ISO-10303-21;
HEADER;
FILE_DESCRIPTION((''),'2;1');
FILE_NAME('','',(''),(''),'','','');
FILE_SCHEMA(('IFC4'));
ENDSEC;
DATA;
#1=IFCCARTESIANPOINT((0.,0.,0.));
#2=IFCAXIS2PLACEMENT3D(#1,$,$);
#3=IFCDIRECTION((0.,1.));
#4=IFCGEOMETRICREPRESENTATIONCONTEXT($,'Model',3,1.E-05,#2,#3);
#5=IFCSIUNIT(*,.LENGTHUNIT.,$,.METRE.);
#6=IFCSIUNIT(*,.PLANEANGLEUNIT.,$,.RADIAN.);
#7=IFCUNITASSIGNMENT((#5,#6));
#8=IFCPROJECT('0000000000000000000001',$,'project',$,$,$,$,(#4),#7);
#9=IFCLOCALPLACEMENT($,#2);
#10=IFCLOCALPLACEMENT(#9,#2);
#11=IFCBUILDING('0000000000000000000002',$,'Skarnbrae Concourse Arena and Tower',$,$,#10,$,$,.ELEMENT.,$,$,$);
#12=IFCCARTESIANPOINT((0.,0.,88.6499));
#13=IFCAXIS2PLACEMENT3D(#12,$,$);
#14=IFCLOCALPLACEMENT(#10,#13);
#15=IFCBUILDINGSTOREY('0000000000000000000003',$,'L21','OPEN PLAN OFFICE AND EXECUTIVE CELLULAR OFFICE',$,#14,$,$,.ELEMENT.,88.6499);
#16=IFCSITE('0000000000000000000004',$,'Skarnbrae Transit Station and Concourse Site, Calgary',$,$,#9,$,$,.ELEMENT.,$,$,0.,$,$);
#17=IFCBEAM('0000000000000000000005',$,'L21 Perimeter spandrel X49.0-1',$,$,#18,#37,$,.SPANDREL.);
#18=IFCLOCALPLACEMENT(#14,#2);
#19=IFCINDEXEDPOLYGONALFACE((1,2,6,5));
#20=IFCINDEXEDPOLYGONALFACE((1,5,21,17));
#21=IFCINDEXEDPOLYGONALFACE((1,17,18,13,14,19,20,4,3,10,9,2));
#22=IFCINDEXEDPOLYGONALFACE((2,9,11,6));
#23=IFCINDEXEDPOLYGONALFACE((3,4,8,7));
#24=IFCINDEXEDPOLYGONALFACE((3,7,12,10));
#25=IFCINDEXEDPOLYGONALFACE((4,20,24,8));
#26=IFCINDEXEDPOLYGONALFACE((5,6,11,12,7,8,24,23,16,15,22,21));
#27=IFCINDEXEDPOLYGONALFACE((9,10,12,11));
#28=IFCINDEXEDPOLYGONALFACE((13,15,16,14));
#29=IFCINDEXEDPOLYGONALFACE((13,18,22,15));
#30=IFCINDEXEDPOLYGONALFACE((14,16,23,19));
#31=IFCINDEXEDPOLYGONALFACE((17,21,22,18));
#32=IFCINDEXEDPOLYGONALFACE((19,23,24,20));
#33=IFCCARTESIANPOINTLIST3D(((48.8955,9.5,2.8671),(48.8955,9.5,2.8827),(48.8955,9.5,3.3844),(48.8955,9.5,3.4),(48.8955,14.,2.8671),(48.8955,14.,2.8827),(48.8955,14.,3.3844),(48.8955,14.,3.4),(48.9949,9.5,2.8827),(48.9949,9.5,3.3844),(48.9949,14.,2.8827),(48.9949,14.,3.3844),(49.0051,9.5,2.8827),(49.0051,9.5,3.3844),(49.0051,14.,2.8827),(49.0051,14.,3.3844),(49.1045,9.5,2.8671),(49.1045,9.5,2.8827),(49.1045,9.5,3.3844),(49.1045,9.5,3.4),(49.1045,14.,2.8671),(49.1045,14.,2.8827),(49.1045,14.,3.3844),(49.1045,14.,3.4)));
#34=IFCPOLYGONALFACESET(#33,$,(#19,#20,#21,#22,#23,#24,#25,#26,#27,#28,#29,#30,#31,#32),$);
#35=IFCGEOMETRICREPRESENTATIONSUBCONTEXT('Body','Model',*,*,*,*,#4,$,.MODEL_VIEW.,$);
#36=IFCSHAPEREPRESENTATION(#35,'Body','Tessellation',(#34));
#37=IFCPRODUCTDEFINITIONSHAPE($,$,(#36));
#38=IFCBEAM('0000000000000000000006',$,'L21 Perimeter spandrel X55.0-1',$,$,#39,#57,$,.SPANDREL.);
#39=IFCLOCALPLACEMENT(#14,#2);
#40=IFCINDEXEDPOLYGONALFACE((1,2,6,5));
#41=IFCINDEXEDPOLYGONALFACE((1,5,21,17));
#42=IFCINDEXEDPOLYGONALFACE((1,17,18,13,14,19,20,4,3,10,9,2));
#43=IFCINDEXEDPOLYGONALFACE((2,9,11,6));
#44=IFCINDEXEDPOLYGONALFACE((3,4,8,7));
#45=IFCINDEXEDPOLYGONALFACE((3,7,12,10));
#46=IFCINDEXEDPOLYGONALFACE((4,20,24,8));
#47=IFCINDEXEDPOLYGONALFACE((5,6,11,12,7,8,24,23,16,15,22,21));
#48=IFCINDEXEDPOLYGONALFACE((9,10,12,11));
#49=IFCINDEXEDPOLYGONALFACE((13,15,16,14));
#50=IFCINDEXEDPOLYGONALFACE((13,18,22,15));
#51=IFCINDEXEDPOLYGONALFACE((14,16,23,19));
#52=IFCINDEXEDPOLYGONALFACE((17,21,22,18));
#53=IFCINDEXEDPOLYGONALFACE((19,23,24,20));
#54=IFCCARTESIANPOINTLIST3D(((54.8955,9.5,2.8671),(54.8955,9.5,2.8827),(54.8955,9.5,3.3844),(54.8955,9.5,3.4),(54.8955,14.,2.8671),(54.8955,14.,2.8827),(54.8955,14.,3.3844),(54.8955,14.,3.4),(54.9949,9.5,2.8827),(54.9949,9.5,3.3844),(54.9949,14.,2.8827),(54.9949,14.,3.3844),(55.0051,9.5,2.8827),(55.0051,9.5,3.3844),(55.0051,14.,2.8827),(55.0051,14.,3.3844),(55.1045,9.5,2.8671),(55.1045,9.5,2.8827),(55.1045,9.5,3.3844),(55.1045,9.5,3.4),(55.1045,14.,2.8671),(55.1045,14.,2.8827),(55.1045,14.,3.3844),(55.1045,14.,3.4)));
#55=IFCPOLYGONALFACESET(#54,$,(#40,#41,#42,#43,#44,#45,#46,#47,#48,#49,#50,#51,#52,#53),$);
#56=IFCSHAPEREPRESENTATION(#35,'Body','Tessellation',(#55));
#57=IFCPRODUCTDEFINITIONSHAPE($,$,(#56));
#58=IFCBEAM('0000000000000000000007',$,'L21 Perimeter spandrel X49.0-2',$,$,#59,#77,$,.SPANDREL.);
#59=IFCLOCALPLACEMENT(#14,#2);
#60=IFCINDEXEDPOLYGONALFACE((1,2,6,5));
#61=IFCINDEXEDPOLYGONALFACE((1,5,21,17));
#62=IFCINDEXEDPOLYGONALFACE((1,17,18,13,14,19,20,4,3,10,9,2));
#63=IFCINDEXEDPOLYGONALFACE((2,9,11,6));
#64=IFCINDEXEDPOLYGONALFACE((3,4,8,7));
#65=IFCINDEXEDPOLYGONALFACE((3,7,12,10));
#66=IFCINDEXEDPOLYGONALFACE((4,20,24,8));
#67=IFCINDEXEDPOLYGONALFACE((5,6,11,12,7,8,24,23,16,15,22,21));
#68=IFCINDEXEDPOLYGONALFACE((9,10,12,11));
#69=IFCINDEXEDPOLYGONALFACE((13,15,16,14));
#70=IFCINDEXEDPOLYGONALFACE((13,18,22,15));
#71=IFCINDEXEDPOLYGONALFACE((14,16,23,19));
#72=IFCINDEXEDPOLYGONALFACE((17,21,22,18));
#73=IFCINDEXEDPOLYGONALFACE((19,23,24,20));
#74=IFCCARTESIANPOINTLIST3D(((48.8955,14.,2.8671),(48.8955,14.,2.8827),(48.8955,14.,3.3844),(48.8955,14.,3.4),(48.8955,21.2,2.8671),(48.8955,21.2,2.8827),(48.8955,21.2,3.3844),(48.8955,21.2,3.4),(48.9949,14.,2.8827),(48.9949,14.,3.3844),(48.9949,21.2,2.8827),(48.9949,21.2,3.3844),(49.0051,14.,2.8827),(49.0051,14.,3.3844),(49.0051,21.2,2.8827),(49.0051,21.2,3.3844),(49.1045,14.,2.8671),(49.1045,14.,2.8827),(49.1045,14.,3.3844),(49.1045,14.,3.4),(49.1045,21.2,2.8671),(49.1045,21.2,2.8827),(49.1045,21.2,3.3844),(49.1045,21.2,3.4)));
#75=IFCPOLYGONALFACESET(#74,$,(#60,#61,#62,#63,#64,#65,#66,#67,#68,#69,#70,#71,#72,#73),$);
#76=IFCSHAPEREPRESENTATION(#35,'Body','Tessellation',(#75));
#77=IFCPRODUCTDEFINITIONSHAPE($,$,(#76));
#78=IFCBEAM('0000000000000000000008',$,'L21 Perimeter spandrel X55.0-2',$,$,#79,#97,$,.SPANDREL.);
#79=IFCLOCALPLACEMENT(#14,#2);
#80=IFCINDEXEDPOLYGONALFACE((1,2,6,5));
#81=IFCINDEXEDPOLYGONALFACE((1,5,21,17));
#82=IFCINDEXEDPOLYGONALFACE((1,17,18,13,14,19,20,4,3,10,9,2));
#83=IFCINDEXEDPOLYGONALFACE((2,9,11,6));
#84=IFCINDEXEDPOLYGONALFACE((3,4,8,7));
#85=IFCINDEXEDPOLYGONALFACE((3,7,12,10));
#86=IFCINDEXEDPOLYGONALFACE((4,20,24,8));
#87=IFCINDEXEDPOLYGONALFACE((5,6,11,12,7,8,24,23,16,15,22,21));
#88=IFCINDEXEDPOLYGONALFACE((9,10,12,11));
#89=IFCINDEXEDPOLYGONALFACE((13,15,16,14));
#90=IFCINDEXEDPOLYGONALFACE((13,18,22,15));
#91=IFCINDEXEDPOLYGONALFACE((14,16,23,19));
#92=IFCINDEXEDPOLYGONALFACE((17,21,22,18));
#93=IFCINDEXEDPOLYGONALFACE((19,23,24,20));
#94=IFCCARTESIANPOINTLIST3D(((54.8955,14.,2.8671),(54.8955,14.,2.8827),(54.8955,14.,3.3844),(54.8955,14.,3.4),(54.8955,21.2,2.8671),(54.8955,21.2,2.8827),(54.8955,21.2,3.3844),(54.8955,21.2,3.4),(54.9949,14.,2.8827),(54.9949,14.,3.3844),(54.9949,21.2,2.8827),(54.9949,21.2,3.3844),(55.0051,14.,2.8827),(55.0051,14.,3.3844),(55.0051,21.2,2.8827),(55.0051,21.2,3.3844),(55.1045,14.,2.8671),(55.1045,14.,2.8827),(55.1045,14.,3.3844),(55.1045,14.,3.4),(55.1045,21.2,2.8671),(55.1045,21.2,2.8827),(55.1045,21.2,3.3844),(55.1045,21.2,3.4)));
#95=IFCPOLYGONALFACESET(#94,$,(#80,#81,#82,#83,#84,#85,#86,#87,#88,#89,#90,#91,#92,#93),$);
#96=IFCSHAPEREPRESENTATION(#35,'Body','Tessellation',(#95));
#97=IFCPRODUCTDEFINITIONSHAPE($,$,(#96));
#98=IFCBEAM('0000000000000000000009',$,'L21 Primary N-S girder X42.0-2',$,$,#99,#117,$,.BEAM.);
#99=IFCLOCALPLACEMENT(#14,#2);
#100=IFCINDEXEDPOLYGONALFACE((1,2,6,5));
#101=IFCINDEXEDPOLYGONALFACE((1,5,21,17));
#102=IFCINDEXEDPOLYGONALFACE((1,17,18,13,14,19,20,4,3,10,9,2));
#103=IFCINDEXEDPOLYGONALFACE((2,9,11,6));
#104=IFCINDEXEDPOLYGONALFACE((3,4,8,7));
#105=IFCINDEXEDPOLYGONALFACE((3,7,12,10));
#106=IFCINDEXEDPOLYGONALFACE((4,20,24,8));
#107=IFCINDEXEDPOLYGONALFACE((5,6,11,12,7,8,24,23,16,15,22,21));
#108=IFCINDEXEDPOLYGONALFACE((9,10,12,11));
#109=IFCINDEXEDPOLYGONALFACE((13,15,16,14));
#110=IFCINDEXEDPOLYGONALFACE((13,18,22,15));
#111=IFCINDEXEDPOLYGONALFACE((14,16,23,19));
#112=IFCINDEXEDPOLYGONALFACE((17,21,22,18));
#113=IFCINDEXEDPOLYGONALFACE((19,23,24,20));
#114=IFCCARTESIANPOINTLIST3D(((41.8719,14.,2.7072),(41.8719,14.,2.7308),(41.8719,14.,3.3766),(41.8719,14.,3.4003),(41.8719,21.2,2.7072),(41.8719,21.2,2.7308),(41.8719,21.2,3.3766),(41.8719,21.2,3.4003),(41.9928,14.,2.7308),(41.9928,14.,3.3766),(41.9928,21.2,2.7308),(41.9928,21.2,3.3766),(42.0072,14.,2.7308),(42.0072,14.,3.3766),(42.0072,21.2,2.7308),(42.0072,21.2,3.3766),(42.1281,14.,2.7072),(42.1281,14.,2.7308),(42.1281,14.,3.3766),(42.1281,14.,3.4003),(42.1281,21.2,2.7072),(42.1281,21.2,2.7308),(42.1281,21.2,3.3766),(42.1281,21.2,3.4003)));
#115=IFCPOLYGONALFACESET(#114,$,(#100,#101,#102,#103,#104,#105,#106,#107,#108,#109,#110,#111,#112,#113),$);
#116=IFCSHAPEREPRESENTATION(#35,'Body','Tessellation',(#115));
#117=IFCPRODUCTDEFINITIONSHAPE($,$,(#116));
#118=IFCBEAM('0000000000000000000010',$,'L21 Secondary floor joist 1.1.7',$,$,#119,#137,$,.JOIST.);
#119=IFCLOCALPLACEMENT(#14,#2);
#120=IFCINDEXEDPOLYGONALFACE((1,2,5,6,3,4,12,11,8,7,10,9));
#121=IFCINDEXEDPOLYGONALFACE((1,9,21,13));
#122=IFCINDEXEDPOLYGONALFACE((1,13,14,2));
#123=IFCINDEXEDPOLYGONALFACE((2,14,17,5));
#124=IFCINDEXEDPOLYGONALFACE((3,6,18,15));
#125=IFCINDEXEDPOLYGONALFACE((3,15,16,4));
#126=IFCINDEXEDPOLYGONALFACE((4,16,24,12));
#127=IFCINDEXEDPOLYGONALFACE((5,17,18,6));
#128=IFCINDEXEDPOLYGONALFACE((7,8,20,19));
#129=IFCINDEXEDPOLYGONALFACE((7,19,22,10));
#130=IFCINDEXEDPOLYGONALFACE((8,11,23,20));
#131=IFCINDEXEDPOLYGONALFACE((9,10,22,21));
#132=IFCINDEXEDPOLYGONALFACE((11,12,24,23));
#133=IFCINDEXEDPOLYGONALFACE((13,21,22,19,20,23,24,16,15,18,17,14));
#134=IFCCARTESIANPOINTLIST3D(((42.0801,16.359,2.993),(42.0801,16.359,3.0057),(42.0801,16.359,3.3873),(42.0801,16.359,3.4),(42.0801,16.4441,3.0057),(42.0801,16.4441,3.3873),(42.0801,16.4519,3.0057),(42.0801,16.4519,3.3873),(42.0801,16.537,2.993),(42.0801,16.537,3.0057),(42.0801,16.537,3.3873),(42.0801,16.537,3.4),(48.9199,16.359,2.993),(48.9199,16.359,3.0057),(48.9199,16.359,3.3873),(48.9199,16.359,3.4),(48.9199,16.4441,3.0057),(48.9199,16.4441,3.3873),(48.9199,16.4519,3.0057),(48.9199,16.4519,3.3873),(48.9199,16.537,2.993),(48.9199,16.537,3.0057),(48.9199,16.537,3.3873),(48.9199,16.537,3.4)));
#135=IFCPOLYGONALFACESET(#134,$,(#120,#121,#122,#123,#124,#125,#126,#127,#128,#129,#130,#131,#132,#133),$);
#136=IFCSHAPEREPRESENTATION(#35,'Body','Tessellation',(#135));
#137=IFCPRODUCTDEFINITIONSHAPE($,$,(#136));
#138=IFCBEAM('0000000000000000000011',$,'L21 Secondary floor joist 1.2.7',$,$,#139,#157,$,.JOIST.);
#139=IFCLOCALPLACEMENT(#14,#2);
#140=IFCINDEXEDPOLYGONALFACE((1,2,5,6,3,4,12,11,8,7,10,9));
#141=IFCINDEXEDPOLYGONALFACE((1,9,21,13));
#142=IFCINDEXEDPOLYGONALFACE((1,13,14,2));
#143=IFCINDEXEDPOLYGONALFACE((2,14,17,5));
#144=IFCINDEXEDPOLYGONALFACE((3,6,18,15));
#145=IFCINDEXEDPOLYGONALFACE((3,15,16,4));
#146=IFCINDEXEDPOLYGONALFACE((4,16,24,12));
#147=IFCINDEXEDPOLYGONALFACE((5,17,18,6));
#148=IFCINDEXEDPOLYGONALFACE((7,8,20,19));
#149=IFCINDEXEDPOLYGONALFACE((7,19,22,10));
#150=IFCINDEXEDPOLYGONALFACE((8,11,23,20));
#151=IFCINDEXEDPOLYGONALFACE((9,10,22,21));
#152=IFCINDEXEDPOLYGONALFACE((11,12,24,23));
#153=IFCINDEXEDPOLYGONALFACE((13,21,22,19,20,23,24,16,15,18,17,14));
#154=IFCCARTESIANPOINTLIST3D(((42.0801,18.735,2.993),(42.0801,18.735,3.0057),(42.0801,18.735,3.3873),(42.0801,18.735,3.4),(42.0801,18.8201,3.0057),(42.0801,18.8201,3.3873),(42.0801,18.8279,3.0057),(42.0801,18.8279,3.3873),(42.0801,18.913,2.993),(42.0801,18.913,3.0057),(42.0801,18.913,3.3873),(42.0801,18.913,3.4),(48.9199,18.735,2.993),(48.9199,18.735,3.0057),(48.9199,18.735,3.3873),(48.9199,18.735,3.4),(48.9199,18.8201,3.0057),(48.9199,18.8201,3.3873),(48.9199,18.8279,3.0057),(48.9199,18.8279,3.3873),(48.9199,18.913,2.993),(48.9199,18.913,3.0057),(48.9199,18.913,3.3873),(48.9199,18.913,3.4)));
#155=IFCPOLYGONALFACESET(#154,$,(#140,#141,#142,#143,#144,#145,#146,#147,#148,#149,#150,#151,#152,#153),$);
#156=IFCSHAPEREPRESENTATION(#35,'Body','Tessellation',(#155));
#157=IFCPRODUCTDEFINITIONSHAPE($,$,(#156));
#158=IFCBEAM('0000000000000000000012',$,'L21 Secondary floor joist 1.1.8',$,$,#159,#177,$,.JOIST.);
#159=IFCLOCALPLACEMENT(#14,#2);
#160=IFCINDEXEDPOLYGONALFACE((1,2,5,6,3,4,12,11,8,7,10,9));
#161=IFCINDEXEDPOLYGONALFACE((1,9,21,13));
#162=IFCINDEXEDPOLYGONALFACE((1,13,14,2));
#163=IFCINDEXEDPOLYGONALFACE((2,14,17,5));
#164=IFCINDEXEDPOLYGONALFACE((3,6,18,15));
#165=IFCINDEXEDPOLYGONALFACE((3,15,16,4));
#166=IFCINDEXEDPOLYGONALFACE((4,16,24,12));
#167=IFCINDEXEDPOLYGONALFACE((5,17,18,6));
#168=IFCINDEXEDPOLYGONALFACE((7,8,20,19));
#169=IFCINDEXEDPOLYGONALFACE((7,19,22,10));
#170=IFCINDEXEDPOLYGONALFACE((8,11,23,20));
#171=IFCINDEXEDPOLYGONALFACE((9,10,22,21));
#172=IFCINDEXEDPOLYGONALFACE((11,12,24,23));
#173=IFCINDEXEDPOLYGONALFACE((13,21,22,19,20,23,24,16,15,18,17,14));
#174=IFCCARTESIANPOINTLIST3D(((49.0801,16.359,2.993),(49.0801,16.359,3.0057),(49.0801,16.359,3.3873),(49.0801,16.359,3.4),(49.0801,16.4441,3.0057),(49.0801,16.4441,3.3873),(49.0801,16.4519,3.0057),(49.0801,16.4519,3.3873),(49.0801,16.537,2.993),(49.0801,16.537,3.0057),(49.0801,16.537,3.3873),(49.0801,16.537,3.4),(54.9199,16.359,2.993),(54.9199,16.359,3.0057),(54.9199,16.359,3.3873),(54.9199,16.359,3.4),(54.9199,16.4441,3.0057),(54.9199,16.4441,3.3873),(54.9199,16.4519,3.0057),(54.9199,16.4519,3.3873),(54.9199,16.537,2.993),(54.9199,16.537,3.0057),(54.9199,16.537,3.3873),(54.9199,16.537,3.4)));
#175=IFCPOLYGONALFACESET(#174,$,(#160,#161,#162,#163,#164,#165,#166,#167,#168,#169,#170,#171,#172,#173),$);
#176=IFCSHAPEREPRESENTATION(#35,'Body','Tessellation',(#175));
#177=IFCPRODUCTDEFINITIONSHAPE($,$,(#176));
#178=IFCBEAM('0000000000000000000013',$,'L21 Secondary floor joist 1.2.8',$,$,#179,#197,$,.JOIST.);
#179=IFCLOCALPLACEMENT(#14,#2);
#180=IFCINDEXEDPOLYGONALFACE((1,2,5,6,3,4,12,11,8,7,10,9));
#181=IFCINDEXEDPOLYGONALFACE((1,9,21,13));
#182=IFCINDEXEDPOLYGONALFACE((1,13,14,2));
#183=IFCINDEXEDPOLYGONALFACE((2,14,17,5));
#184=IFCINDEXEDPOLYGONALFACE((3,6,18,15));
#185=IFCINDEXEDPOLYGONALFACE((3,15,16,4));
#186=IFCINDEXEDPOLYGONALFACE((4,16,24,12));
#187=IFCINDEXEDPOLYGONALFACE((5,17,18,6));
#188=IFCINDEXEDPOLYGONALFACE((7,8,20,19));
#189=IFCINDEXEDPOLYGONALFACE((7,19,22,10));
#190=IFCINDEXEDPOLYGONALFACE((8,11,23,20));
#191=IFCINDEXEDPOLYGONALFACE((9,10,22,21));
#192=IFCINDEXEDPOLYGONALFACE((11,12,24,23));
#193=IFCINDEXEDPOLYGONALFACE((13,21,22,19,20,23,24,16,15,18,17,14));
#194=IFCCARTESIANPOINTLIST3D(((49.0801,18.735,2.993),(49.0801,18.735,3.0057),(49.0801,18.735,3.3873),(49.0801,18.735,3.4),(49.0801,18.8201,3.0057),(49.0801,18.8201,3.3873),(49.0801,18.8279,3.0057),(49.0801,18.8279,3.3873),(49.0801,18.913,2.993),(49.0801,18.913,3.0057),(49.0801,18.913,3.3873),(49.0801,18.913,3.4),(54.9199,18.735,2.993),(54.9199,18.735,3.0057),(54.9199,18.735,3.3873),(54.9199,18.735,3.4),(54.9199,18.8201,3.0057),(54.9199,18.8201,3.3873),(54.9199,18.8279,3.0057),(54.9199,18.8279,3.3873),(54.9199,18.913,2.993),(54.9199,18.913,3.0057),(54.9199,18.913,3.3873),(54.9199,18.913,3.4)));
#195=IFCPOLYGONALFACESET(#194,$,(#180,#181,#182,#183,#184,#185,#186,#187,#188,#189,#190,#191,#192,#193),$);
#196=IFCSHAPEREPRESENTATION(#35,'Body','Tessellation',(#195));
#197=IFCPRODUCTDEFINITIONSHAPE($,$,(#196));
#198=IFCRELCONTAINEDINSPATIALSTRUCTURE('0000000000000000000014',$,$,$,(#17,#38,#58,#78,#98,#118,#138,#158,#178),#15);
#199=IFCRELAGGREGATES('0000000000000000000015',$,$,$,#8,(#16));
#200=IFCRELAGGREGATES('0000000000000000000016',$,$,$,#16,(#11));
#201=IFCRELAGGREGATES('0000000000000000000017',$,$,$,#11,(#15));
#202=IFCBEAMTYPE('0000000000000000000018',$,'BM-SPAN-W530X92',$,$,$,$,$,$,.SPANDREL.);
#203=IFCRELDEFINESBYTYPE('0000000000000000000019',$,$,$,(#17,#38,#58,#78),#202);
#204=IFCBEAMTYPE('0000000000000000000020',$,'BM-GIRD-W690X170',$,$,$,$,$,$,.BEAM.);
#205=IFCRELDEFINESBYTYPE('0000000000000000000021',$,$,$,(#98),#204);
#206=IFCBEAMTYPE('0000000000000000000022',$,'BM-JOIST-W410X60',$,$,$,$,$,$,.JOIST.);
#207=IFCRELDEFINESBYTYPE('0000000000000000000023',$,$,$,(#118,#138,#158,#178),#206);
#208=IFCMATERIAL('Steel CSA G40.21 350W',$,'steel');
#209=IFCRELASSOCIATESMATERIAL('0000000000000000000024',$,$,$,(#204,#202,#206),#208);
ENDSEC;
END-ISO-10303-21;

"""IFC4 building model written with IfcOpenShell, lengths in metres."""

from ifc_helpers import new_model, si_unit, direction, frame, origin, origin_2d, place, context, subcontext, project, spatial, i_section, extrude, source, transform, mapped, material, material_profile, profile_set, type_object, element, save


model = new_model("IFC4")

# Units and contexts
model_context = context("Model", 3, precision=1e-05, world=origin(), true_north=direction((0.0, 1.0)))
body_context = subcontext(model_context, "Body", "Model", "MODEL_VIEW")
ifc_project = project(units=[si_unit("LENGTHUNIT", "METRE"), si_unit("PLANEANGLEUNIT", "RADIAN")], contexts=[model_context])

# Site, building, storey
site_placement = place(None, origin())
site = spatial("IfcSite", under=ifc_project, at=site_placement, Name="Skarnbrae Transit Station and Concourse Site, Calgary", CompositionType="ELEMENT", RefElevation=0.0)
building_placement = place(site_placement, origin())
building = spatial("IfcBuilding", under=site, at=building_placement, Name="Skarnbrae Concourse Arena and Tower", CompositionType="ELEMENT")
storey_placement = place(building_placement, frame((0.0, 0.0, 88.6499)))
storey = spatial("IfcBuildingStorey", under=building, at=storey_placement, Name="L21", Description="OPEN PLAN OFFICE AND EXECUTIVE CELLULAR OFFICE", CompositionType="ELEMENT", Elevation=88.6499)

# Shared definitions
ifc_material_1 = material(Name="Steel CSA G40.21 350W", Category="steel")

# Beams
ifc_material_profile_1 = material_profile(ifc_material_1, i_section(OverallWidth=0.2561, OverallDepth=0.6931, WebThickness=0.0144, FlangeThickness=0.0237, at=origin_2d()), Name="W690X170")
ifc_profile_set_1 = profile_set([ifc_material_profile_1], Name="Steel CSA G40.21 350W")
beam_type_1 = type_object("IfcBeamType", Name="BM-GIRD-W690X170", PredefinedType="BEAM", material=ifc_profile_set_1)
ifc_material_profile_2 = material_profile(ifc_material_1, i_section(OverallWidth=0.209, OverallDepth=0.533, WebThickness=0.0103, FlangeThickness=0.0156, at=origin_2d()), Name="W530X92")
ifc_profile_set_2 = profile_set([ifc_material_profile_2], Name="Steel CSA G40.21 350W")
beam_type_2 = type_object("IfcBeamType", Name="BM-SPAN-W530X92", PredefinedType="SPANDREL", material=ifc_profile_set_2)
shared_shape_1 = source(origin(), body_context, "Body", "SweptSolid", [
    extrude(i_section(OverallWidth=0.209, OverallDepth=0.533, WebThickness=0.0103, FlangeThickness=0.0156, at=origin_2d()), origin(), (0.0, 0.0, 1.0), 4.5),
])
for number, where, z_axis, x_axis, name in (
    (1, (49.0, 9.5, 3.1335), (0.0, 1.0, 0.0), (-1.0, 0.0, 0.0), "L21 Perimeter spandrel X49.0-1"),
    (2, (55.0, 9.5, 3.1335), (0.0, 1.0, 0.0), (-1.0, 0.0, 0.0), "L21 Perimeter spandrel X55.0-1"),
):
    element("IfcBeam", number, at=place(storey_placement, frame(where, z_axis=z_axis, x_axis=x_axis)), inside=storey, type_object=beam_type_2, Name=name, PredefinedType="SPANDREL", context=body_context, shape_type="MappedRepresentation", body=[
        mapped(shared_shape_1, transform((0.0, 0.0, 0.0))),
    ])
shared_shape_2 = source(origin(), body_context, "Body", "SweptSolid", [
    extrude(i_section(OverallWidth=0.209, OverallDepth=0.533, WebThickness=0.0103, FlangeThickness=0.0156, at=origin_2d()), origin(), (0.0, 0.0, 1.0), 7.2),
])
for number, where, z_axis, x_axis, name in (
    (3, (49.0, 14.0, 3.1335), (0.0, 1.0, 0.0), (-1.0, 0.0, 0.0), "L21 Perimeter spandrel X49.0-2"),
    (4, (55.0, 14.0, 3.1335), (0.0, 1.0, 0.0), (-1.0, 0.0, 0.0), "L21 Perimeter spandrel X55.0-2"),
):
    element("IfcBeam", number, at=place(storey_placement, frame(where, z_axis=z_axis, x_axis=x_axis)), inside=storey, type_object=beam_type_2, Name=name, PredefinedType="SPANDREL", context=body_context, shape_type="MappedRepresentation", body=[
        mapped(shared_shape_2, transform((0.0, 0.0, 0.0))),
    ])
shared_shape_3 = source(origin(), body_context, "Body", "SweptSolid", [
    extrude(i_section(OverallWidth=0.2561, OverallDepth=0.6931, WebThickness=0.0144, FlangeThickness=0.0237, at=origin_2d()), origin(), (0.0, 0.0, 1.0), 7.2),
])
beam_placement = place(storey_placement, frame((42.0, 14.0, 3.0537), z_axis=(0.0, 1.0, 0.0), x_axis=(-1.0, 0.0, 0.0)))
element("IfcBeam", 5, at=beam_placement, inside=storey, type_object=beam_type_1, Name="L21 Primary N-S girder X42.0-2", PredefinedType="BEAM", context=body_context, shape_type="MappedRepresentation", body=[
    mapped(shared_shape_3, transform((0.0, 0.0, 0.0))),
])
ifc_material_profile_3 = material_profile(ifc_material_1, i_section(OverallWidth=0.178, OverallDepth=0.407, WebThickness=0.0078, FlangeThickness=0.0127, at=origin_2d()), Name="W410X60")
ifc_profile_set_3 = profile_set([ifc_material_profile_3], Name="Steel CSA G40.21 350W")
beam_type_3 = type_object("IfcBeamType", Name="BM-JOIST-W410X60", PredefinedType="JOIST", material=ifc_profile_set_3)
shared_shape_4 = source(origin(), body_context, "Body", "SweptSolid", [
    extrude(i_section(OverallWidth=0.178, OverallDepth=0.407, WebThickness=0.0078, FlangeThickness=0.0127, at=origin_2d()), origin(), (0.0, 0.0, 1.0), 6.8398),
])
for number, where, z_axis, x_axis, name in (
    (6, (42.0801, 16.448, 3.1965), (1.0, 0.0, 0.0), (0.0, 1.0, 0.0), "L21 Secondary floor joist 1.1.7"),
    (7, (42.0801, 18.824, 3.1965), (1.0, 0.0, 0.0), (0.0, 1.0, 0.0), "L21 Secondary floor joist 1.2.7"),
):
    element("IfcBeam", number, at=place(storey_placement, frame(where, z_axis=z_axis, x_axis=x_axis)), inside=storey, type_object=beam_type_3, Name=name, PredefinedType="JOIST", context=body_context, shape_type="MappedRepresentation", body=[
        mapped(shared_shape_4, transform((0.0, 0.0, 0.0))),
    ])
shared_shape_5 = source(origin(), body_context, "Body", "SweptSolid", [
    extrude(i_section(OverallWidth=0.178, OverallDepth=0.407, WebThickness=0.0078, FlangeThickness=0.0127, at=origin_2d()), origin(), (0.0, 0.0, 1.0), 5.8398),
])
for number, where, z_axis, x_axis, name in (
    (8, (49.0801, 16.448, 3.1965), (1.0, 0.0, 0.0), (0.0, 1.0, 0.0), "L21 Secondary floor joist 1.1.8"),
    (9, (49.0801, 18.824, 3.1965), (1.0, 0.0, 0.0), (0.0, 1.0, 0.0), "L21 Secondary floor joist 1.2.8"),
):
    element("IfcBeam", number, at=place(storey_placement, frame(where, z_axis=z_axis, x_axis=x_axis)), inside=storey, type_object=beam_type_3, Name=name, PredefinedType="JOIST", context=body_context, shape_type="MappedRepresentation", body=[
        mapped(shared_shape_5, transform((0.0, 0.0, 0.0))),
    ])

save(model, "model.ifc")
